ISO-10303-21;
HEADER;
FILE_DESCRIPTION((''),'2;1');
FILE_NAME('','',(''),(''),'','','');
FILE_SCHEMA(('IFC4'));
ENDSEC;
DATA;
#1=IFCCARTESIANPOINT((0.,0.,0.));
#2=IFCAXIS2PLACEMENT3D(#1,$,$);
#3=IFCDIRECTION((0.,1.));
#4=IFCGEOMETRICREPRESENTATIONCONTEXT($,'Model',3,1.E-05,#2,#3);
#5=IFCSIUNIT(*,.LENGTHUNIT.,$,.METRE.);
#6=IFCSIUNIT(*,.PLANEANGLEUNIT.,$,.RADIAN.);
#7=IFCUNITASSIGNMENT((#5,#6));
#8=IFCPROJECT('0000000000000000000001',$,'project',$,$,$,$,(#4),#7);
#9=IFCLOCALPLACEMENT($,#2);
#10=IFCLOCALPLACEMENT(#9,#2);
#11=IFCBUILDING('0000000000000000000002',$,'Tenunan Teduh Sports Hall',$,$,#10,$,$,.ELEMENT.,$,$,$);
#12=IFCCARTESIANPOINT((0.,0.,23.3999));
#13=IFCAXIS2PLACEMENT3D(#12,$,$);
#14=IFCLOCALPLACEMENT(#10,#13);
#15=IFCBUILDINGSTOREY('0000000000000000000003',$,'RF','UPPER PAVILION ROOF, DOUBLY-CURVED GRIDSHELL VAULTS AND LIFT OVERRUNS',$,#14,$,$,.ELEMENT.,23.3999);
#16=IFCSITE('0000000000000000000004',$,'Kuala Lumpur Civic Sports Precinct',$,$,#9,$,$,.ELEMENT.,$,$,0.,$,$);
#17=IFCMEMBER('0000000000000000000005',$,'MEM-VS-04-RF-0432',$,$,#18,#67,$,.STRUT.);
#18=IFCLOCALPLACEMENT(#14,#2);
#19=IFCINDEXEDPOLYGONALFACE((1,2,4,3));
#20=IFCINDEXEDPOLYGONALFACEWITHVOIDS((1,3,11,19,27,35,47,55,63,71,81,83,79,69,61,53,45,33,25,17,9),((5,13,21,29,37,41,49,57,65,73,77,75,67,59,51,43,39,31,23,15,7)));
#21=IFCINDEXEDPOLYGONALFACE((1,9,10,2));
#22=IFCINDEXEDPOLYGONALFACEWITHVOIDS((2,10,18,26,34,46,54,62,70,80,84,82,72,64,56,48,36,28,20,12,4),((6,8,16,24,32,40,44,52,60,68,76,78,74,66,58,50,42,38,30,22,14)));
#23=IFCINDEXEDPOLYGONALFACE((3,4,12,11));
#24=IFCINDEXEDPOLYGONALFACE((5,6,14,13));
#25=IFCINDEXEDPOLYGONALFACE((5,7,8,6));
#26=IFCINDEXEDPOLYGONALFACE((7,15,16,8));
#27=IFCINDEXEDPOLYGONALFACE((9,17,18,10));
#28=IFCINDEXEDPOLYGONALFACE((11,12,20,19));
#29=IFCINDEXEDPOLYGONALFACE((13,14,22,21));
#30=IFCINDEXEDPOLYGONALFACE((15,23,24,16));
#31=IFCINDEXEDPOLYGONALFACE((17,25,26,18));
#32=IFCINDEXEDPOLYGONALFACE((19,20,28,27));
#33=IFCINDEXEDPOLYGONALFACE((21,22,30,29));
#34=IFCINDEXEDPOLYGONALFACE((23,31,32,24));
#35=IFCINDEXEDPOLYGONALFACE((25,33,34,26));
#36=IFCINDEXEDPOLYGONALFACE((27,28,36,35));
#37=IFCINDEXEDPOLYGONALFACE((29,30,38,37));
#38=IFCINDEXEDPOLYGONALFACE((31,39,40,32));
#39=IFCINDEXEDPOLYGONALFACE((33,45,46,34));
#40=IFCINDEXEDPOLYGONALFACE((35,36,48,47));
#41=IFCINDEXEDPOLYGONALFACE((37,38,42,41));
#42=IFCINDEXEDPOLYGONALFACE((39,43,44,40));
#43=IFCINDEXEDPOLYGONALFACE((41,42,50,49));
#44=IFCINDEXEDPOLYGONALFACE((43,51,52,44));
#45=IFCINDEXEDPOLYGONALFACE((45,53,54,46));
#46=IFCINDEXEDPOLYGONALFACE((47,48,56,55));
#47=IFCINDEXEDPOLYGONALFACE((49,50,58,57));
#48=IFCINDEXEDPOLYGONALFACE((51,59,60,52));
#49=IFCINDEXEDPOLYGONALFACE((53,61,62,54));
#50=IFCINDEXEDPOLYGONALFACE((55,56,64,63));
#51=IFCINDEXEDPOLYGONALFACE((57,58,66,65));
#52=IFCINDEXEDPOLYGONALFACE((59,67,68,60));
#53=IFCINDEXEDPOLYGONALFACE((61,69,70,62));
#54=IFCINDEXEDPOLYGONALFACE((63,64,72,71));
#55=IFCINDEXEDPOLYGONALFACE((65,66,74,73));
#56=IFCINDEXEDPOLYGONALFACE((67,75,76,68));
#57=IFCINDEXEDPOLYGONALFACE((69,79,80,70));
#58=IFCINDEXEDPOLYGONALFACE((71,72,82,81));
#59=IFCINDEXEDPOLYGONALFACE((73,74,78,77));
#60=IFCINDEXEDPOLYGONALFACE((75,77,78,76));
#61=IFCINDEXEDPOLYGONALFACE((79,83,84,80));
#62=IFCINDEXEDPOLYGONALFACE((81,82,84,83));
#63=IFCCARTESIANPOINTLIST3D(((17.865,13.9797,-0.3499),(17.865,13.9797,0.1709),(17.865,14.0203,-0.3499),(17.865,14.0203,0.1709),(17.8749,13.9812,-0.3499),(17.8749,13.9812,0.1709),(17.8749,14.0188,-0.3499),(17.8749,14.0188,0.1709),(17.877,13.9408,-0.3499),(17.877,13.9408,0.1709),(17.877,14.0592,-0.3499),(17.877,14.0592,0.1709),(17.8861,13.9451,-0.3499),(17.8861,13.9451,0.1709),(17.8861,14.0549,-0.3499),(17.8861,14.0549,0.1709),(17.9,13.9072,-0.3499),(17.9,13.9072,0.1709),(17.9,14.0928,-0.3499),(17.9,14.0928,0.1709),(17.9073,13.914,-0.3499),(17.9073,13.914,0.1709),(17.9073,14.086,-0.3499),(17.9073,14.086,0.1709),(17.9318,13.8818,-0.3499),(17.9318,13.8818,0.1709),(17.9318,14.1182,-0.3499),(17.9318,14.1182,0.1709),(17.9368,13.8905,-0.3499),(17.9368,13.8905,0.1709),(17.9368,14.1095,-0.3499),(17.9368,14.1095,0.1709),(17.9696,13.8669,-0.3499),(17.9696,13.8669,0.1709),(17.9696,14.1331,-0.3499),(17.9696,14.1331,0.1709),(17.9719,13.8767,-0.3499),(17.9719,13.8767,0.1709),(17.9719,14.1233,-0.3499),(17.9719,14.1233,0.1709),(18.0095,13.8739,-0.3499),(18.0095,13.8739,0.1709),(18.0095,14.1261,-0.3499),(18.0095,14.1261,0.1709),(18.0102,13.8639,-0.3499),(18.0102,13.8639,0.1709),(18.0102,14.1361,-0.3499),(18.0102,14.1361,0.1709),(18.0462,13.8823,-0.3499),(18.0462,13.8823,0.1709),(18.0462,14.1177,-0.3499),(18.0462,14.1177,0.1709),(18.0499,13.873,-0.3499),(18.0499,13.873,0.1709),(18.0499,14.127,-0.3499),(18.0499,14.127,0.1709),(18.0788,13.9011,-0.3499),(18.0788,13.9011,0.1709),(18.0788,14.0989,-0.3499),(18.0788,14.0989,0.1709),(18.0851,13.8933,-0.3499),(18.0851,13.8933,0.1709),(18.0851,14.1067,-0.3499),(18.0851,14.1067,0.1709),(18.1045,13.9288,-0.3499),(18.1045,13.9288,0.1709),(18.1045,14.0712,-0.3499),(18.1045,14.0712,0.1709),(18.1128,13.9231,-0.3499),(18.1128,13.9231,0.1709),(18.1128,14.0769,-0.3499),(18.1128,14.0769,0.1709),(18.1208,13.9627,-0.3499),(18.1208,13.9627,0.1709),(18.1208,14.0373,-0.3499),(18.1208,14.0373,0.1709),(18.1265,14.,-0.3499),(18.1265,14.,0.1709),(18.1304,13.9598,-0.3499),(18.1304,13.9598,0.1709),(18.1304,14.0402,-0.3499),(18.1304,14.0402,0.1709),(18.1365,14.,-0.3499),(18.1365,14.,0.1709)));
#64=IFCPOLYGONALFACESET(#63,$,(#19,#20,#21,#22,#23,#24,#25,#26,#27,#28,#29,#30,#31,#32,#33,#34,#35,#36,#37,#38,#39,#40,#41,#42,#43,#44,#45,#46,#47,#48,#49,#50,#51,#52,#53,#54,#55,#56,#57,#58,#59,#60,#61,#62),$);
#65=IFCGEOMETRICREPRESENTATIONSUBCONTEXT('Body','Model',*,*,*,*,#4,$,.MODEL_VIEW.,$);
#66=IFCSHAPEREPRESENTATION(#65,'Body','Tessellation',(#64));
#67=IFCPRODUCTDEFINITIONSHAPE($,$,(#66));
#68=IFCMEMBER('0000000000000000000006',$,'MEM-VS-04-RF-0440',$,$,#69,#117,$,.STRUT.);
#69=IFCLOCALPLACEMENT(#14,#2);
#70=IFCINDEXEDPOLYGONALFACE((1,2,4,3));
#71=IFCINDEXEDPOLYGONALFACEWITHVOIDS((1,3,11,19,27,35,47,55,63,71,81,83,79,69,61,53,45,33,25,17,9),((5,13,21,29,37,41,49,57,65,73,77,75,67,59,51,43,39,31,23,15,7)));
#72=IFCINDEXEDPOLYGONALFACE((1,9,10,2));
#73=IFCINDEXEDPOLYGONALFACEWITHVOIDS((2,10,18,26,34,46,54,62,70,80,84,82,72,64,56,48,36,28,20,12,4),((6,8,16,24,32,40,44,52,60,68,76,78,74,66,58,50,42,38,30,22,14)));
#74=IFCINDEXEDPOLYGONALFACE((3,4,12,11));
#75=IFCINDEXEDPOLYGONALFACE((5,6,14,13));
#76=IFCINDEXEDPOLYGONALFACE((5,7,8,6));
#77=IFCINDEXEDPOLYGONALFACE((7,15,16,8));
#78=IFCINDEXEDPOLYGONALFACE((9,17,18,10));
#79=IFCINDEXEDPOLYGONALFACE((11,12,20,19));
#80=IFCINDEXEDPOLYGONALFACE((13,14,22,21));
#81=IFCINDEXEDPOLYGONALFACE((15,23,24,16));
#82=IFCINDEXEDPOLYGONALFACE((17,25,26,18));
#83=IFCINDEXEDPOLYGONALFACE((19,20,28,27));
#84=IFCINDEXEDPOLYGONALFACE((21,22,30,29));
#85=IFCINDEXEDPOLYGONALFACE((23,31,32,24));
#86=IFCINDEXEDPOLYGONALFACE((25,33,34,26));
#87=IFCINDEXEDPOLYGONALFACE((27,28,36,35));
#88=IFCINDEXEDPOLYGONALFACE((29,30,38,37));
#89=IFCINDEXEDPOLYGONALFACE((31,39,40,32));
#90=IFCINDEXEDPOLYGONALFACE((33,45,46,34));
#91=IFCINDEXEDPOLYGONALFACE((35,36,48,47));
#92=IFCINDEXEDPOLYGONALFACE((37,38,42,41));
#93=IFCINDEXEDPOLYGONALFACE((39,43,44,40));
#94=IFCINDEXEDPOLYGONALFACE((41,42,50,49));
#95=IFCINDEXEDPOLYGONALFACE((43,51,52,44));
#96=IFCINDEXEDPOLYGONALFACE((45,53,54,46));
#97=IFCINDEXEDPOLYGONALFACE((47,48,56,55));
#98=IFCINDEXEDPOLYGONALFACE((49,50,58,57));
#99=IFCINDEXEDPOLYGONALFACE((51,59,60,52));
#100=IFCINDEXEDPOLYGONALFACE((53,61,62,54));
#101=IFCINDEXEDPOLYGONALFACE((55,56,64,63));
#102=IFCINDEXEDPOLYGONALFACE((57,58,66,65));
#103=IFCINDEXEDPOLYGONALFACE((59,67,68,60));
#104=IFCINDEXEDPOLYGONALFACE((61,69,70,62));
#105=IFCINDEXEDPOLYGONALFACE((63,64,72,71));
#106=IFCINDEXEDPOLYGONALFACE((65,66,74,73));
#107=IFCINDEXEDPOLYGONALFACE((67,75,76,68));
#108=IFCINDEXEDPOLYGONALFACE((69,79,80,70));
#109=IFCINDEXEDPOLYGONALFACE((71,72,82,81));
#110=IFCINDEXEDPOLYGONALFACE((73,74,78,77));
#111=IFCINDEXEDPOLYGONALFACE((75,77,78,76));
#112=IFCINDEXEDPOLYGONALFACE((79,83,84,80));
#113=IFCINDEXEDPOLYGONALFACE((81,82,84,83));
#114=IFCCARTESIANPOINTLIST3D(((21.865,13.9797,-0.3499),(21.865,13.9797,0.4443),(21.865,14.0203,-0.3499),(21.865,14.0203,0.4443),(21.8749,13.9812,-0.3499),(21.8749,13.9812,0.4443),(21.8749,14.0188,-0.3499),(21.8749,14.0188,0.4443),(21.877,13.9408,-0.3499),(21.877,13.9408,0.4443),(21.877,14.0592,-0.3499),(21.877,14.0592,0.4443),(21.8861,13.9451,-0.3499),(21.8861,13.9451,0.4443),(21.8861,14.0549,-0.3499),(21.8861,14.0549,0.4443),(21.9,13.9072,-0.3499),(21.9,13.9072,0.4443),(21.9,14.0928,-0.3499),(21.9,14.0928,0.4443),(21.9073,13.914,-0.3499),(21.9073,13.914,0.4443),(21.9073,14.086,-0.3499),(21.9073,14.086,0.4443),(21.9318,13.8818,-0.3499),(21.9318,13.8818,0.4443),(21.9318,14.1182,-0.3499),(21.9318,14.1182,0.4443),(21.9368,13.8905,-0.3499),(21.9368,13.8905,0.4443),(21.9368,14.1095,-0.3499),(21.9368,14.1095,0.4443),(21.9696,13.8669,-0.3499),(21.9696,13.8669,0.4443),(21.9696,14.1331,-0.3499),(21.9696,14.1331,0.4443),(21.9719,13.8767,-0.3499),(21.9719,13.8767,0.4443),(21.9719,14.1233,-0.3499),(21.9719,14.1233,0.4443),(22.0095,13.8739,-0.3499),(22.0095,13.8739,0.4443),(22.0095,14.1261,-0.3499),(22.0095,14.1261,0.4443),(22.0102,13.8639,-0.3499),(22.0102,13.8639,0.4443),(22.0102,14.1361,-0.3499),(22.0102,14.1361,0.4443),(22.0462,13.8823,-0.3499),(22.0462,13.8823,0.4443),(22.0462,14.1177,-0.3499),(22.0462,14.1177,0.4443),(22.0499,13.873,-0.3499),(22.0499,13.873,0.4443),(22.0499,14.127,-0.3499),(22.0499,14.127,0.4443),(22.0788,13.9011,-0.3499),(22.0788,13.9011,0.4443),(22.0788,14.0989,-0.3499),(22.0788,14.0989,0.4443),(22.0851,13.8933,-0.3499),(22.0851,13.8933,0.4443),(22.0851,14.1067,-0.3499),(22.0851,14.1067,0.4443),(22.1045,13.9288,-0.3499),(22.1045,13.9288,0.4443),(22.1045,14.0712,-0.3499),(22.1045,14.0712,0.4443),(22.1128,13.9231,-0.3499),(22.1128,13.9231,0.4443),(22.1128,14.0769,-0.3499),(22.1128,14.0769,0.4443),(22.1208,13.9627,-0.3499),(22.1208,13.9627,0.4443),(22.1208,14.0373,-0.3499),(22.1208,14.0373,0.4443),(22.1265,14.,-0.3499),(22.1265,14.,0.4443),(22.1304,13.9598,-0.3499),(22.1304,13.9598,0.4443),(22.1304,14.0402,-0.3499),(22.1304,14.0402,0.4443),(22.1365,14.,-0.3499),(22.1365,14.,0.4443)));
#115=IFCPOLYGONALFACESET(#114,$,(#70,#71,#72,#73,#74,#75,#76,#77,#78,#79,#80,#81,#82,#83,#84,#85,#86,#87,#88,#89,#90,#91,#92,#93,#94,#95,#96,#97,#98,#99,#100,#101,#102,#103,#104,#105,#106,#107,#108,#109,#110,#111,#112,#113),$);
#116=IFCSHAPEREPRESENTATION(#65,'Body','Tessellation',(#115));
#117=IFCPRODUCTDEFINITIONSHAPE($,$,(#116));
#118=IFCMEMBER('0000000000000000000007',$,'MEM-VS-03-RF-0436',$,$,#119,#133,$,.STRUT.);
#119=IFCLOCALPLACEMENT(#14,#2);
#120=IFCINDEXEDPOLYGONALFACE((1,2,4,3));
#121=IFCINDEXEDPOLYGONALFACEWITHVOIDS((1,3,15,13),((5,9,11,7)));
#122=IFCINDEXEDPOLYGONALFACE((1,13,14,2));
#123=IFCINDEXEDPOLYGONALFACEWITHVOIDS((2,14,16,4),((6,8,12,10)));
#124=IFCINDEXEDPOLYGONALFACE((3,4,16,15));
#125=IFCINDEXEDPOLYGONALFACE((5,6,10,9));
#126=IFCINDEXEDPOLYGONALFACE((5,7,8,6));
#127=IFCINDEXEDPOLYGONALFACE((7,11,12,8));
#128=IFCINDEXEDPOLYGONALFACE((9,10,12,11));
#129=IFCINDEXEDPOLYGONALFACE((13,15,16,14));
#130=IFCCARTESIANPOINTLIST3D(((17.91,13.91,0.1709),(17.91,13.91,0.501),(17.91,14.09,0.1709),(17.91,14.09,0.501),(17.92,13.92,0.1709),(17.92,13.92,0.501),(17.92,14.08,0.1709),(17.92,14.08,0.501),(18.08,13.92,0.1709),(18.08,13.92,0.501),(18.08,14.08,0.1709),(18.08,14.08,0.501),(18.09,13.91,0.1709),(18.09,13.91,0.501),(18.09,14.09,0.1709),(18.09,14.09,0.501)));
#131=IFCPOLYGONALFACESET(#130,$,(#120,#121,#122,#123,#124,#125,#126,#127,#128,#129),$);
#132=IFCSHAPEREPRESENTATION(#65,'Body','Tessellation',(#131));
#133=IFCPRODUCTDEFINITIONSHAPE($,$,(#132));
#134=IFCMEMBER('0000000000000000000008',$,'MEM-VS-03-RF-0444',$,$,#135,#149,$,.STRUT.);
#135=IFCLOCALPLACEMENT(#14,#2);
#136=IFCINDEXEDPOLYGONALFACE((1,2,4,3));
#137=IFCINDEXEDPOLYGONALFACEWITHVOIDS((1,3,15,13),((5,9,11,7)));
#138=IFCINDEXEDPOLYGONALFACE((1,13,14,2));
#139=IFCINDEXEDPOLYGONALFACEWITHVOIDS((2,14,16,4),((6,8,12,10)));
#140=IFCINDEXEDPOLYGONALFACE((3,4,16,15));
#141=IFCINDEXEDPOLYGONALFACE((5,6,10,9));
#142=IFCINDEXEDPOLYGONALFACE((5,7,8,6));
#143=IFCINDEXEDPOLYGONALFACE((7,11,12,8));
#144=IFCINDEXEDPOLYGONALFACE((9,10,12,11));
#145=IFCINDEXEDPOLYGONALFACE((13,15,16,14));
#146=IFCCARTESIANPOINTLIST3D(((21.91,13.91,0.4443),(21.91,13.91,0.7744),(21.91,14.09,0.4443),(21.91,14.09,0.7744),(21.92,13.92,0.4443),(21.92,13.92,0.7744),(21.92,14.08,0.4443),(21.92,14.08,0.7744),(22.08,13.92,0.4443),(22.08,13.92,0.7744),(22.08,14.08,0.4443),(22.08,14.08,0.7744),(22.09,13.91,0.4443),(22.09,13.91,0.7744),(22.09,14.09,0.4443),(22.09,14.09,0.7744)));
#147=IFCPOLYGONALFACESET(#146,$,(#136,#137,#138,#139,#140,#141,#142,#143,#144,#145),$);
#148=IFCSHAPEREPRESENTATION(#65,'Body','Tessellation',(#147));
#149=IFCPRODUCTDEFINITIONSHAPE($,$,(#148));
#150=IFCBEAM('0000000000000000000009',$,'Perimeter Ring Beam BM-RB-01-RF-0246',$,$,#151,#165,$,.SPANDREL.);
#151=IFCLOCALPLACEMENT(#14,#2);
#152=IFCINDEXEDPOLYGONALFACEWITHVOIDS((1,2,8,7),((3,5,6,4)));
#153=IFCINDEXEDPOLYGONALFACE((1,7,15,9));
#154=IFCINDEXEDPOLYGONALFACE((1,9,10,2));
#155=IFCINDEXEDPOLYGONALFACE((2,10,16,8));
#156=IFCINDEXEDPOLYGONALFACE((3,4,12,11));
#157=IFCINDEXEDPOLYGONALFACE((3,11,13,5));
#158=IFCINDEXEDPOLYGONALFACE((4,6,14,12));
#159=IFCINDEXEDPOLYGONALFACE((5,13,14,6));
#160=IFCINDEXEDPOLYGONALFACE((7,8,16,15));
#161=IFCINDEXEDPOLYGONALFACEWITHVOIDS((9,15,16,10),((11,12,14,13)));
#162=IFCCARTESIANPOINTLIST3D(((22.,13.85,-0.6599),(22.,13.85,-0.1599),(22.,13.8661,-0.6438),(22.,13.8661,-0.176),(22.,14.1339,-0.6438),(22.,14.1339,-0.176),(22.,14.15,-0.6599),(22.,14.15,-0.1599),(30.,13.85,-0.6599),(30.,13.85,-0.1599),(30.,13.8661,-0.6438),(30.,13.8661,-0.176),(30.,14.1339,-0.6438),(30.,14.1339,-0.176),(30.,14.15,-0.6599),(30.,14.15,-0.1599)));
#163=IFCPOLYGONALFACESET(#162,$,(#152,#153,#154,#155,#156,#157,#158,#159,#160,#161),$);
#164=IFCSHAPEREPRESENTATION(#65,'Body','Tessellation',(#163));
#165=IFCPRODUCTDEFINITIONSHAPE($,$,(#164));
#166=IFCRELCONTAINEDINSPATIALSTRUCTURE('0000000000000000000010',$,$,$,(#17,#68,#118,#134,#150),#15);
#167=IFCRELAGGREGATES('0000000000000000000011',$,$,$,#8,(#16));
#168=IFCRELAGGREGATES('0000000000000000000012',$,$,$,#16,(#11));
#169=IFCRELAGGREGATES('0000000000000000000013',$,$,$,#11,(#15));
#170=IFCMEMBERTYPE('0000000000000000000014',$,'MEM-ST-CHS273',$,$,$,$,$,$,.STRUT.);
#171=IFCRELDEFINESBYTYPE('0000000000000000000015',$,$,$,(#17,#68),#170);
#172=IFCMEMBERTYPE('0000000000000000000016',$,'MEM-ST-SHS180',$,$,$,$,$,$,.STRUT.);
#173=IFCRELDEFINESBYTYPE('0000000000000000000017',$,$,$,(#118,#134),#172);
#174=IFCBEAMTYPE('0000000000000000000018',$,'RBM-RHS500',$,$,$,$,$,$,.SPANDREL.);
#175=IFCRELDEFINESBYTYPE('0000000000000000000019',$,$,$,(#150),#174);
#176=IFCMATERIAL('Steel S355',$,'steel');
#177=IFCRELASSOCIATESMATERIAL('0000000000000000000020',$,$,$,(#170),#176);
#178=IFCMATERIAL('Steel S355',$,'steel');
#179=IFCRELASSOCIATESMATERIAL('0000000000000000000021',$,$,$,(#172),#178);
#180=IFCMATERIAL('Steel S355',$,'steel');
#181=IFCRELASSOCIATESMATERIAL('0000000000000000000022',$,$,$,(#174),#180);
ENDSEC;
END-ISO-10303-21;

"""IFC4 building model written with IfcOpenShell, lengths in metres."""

from ifc_helpers import new_model, si_unit, direction, frame, origin, origin_2d, place, context, subcontext, project, spatial, hollow_rectangle, hollow_circle, extrude, material, material_profile, profile_set, type_object, element, save


model = new_model("IFC4")

# Units and contexts
model_context = context("Model", 3, precision=1e-05, world=origin(), true_north=direction((0.0, 1.0)))
body_context = subcontext(model_context, "Body", "Model", "MODEL_VIEW")
ifc_project = project(units=[si_unit("LENGTHUNIT", "METRE"), si_unit("PLANEANGLEUNIT", "RADIAN")], contexts=[model_context])

# Site, building, storey
site_placement = place(None, origin())
site = spatial("IfcSite", under=ifc_project, at=site_placement, Name="Kuala Lumpur Civic Sports Precinct", CompositionType="ELEMENT", RefElevation=0.0)
building_placement = place(site_placement, origin())
building = spatial("IfcBuilding", under=site, at=building_placement, Name="Tenunan Teduh Sports Hall", CompositionType="ELEMENT")
storey_placement = place(building_placement, frame((0.0, 0.0, 23.3999)))
storey = spatial("IfcBuildingStorey", under=building, at=storey_placement, Name="RF", Description="UPPER PAVILION ROOF, DOUBLY-CURVED GRIDSHELL VAULTS AND LIFT OVERRUNS", CompositionType="ELEMENT", Elevation=23.3999)

# Members
ifc_material_1 = material(Name="Steel S355", Category="steel")
ifc_material_profile_1 = material_profile(ifc_material_1, hollow_circle(Radius=0.1365, WallThickness=0.01, at=origin_2d()), Name="CHS 273.0x10.0")
ifc_profile_set_1 = profile_set([ifc_material_profile_1], Name="Steel S355")
member_type_1 = type_object("IfcMemberType", Name="MEM-ST-CHS273", PredefinedType="STRUT", material=ifc_profile_set_1)
member_1_placement = place(storey_placement, frame((18.0, 14.0, -0.3499), z_axis=(0.0, 0.0, 1.0), x_axis=(1.0, 0.0, 0.0)))
element("IfcMember", 1, at=member_1_placement, inside=storey, type_object=member_type_1, Name="MEM-VS-04-RF-0432", PredefinedType="STRUT", context=body_context, shape_type="SweptSolid", body=[
    extrude(hollow_circle(Radius=0.1365, WallThickness=0.01, at=origin_2d()), origin(), (0.0, 0.0, 1.0), 0.5208),
])
member_2_placement = place(storey_placement, frame((22.0, 14.0, -0.3499), z_axis=(0.0, 0.0, 1.0), x_axis=(1.0, 0.0, 0.0)))
element("IfcMember", 2, at=member_2_placement, inside=storey, type_object=member_type_1, Name="MEM-VS-04-RF-0440", PredefinedType="STRUT", context=body_context, shape_type="SweptSolid", body=[
    extrude(hollow_circle(Radius=0.1365, WallThickness=0.01, at=origin_2d()), origin(), (0.0, 0.0, 1.0), 0.7942),
])
ifc_material_2 = material(Name="Steel S355", Category="steel")
ifc_material_profile_2 = material_profile(ifc_material_2, hollow_rectangle(XDim=0.1799, YDim=0.1799, WallThickness=0.01, at=origin_2d()), Name="SHS 180x180x10.0")
ifc_profile_set_2 = profile_set([ifc_material_profile_2], Name="Steel S355")
member_type_2 = type_object("IfcMemberType", Name="MEM-ST-SHS180", PredefinedType="STRUT", material=ifc_profile_set_2)
for number, where, z_axis, x_axis, name in (
    (3, (18.0, 14.0, 0.1709), (0.0, 0.0, 1.0), (1.0, 0.0, 0.0), "MEM-VS-03-RF-0436"),
    (4, (22.0, 14.0, 0.4443), (0.0, 0.0, 1.0), (1.0, 0.0, 0.0), "MEM-VS-03-RF-0444"),
):
    element("IfcMember", number, at=place(storey_placement, frame(where, z_axis=z_axis, x_axis=x_axis)), inside=storey, type_object=member_type_2, Name=name, PredefinedType="STRUT", context=body_context, shape_type="SweptSolid", body=[
        extrude(hollow_rectangle(XDim=0.1799, YDim=0.1799, WallThickness=0.01, at=origin_2d()), origin(), (0.0, 0.0, 1.0), 0.3301),
    ])

# Beam
ifc_material_3 = material(Name="Steel S355", Category="steel")
ifc_material_profile_3 = material_profile(ifc_material_3, hollow_rectangle(XDim=0.3, YDim=0.5, WallThickness=0.0161, at=origin_2d()), Name="RHS 500x300x16.0")
ifc_profile_set_3 = profile_set([ifc_material_profile_3], Name="Steel S355")
beam_type_1 = type_object("IfcBeamType", Name="RBM-RHS500", PredefinedType="SPANDREL", material=ifc_profile_set_3)
beam_1_placement = place(storey_placement, frame((22.0, 14.0, -0.4099), z_axis=(1.0, 0.0, 0.0), x_axis=(0.0, 1.0, 0.0)))
element("IfcBeam", 5, at=beam_1_placement, inside=storey, type_object=beam_type_1, Name="Perimeter Ring Beam BM-RB-01-RF-0246", PredefinedType="SPANDREL", context=body_context, shape_type="SweptSolid", body=[
    extrude(hollow_rectangle(XDim=0.3, YDim=0.5, WallThickness=0.0161, at=origin_2d()), origin(), (0.0, 0.0, 1.0), 8.0),
])

save(model, "model.ifc")
